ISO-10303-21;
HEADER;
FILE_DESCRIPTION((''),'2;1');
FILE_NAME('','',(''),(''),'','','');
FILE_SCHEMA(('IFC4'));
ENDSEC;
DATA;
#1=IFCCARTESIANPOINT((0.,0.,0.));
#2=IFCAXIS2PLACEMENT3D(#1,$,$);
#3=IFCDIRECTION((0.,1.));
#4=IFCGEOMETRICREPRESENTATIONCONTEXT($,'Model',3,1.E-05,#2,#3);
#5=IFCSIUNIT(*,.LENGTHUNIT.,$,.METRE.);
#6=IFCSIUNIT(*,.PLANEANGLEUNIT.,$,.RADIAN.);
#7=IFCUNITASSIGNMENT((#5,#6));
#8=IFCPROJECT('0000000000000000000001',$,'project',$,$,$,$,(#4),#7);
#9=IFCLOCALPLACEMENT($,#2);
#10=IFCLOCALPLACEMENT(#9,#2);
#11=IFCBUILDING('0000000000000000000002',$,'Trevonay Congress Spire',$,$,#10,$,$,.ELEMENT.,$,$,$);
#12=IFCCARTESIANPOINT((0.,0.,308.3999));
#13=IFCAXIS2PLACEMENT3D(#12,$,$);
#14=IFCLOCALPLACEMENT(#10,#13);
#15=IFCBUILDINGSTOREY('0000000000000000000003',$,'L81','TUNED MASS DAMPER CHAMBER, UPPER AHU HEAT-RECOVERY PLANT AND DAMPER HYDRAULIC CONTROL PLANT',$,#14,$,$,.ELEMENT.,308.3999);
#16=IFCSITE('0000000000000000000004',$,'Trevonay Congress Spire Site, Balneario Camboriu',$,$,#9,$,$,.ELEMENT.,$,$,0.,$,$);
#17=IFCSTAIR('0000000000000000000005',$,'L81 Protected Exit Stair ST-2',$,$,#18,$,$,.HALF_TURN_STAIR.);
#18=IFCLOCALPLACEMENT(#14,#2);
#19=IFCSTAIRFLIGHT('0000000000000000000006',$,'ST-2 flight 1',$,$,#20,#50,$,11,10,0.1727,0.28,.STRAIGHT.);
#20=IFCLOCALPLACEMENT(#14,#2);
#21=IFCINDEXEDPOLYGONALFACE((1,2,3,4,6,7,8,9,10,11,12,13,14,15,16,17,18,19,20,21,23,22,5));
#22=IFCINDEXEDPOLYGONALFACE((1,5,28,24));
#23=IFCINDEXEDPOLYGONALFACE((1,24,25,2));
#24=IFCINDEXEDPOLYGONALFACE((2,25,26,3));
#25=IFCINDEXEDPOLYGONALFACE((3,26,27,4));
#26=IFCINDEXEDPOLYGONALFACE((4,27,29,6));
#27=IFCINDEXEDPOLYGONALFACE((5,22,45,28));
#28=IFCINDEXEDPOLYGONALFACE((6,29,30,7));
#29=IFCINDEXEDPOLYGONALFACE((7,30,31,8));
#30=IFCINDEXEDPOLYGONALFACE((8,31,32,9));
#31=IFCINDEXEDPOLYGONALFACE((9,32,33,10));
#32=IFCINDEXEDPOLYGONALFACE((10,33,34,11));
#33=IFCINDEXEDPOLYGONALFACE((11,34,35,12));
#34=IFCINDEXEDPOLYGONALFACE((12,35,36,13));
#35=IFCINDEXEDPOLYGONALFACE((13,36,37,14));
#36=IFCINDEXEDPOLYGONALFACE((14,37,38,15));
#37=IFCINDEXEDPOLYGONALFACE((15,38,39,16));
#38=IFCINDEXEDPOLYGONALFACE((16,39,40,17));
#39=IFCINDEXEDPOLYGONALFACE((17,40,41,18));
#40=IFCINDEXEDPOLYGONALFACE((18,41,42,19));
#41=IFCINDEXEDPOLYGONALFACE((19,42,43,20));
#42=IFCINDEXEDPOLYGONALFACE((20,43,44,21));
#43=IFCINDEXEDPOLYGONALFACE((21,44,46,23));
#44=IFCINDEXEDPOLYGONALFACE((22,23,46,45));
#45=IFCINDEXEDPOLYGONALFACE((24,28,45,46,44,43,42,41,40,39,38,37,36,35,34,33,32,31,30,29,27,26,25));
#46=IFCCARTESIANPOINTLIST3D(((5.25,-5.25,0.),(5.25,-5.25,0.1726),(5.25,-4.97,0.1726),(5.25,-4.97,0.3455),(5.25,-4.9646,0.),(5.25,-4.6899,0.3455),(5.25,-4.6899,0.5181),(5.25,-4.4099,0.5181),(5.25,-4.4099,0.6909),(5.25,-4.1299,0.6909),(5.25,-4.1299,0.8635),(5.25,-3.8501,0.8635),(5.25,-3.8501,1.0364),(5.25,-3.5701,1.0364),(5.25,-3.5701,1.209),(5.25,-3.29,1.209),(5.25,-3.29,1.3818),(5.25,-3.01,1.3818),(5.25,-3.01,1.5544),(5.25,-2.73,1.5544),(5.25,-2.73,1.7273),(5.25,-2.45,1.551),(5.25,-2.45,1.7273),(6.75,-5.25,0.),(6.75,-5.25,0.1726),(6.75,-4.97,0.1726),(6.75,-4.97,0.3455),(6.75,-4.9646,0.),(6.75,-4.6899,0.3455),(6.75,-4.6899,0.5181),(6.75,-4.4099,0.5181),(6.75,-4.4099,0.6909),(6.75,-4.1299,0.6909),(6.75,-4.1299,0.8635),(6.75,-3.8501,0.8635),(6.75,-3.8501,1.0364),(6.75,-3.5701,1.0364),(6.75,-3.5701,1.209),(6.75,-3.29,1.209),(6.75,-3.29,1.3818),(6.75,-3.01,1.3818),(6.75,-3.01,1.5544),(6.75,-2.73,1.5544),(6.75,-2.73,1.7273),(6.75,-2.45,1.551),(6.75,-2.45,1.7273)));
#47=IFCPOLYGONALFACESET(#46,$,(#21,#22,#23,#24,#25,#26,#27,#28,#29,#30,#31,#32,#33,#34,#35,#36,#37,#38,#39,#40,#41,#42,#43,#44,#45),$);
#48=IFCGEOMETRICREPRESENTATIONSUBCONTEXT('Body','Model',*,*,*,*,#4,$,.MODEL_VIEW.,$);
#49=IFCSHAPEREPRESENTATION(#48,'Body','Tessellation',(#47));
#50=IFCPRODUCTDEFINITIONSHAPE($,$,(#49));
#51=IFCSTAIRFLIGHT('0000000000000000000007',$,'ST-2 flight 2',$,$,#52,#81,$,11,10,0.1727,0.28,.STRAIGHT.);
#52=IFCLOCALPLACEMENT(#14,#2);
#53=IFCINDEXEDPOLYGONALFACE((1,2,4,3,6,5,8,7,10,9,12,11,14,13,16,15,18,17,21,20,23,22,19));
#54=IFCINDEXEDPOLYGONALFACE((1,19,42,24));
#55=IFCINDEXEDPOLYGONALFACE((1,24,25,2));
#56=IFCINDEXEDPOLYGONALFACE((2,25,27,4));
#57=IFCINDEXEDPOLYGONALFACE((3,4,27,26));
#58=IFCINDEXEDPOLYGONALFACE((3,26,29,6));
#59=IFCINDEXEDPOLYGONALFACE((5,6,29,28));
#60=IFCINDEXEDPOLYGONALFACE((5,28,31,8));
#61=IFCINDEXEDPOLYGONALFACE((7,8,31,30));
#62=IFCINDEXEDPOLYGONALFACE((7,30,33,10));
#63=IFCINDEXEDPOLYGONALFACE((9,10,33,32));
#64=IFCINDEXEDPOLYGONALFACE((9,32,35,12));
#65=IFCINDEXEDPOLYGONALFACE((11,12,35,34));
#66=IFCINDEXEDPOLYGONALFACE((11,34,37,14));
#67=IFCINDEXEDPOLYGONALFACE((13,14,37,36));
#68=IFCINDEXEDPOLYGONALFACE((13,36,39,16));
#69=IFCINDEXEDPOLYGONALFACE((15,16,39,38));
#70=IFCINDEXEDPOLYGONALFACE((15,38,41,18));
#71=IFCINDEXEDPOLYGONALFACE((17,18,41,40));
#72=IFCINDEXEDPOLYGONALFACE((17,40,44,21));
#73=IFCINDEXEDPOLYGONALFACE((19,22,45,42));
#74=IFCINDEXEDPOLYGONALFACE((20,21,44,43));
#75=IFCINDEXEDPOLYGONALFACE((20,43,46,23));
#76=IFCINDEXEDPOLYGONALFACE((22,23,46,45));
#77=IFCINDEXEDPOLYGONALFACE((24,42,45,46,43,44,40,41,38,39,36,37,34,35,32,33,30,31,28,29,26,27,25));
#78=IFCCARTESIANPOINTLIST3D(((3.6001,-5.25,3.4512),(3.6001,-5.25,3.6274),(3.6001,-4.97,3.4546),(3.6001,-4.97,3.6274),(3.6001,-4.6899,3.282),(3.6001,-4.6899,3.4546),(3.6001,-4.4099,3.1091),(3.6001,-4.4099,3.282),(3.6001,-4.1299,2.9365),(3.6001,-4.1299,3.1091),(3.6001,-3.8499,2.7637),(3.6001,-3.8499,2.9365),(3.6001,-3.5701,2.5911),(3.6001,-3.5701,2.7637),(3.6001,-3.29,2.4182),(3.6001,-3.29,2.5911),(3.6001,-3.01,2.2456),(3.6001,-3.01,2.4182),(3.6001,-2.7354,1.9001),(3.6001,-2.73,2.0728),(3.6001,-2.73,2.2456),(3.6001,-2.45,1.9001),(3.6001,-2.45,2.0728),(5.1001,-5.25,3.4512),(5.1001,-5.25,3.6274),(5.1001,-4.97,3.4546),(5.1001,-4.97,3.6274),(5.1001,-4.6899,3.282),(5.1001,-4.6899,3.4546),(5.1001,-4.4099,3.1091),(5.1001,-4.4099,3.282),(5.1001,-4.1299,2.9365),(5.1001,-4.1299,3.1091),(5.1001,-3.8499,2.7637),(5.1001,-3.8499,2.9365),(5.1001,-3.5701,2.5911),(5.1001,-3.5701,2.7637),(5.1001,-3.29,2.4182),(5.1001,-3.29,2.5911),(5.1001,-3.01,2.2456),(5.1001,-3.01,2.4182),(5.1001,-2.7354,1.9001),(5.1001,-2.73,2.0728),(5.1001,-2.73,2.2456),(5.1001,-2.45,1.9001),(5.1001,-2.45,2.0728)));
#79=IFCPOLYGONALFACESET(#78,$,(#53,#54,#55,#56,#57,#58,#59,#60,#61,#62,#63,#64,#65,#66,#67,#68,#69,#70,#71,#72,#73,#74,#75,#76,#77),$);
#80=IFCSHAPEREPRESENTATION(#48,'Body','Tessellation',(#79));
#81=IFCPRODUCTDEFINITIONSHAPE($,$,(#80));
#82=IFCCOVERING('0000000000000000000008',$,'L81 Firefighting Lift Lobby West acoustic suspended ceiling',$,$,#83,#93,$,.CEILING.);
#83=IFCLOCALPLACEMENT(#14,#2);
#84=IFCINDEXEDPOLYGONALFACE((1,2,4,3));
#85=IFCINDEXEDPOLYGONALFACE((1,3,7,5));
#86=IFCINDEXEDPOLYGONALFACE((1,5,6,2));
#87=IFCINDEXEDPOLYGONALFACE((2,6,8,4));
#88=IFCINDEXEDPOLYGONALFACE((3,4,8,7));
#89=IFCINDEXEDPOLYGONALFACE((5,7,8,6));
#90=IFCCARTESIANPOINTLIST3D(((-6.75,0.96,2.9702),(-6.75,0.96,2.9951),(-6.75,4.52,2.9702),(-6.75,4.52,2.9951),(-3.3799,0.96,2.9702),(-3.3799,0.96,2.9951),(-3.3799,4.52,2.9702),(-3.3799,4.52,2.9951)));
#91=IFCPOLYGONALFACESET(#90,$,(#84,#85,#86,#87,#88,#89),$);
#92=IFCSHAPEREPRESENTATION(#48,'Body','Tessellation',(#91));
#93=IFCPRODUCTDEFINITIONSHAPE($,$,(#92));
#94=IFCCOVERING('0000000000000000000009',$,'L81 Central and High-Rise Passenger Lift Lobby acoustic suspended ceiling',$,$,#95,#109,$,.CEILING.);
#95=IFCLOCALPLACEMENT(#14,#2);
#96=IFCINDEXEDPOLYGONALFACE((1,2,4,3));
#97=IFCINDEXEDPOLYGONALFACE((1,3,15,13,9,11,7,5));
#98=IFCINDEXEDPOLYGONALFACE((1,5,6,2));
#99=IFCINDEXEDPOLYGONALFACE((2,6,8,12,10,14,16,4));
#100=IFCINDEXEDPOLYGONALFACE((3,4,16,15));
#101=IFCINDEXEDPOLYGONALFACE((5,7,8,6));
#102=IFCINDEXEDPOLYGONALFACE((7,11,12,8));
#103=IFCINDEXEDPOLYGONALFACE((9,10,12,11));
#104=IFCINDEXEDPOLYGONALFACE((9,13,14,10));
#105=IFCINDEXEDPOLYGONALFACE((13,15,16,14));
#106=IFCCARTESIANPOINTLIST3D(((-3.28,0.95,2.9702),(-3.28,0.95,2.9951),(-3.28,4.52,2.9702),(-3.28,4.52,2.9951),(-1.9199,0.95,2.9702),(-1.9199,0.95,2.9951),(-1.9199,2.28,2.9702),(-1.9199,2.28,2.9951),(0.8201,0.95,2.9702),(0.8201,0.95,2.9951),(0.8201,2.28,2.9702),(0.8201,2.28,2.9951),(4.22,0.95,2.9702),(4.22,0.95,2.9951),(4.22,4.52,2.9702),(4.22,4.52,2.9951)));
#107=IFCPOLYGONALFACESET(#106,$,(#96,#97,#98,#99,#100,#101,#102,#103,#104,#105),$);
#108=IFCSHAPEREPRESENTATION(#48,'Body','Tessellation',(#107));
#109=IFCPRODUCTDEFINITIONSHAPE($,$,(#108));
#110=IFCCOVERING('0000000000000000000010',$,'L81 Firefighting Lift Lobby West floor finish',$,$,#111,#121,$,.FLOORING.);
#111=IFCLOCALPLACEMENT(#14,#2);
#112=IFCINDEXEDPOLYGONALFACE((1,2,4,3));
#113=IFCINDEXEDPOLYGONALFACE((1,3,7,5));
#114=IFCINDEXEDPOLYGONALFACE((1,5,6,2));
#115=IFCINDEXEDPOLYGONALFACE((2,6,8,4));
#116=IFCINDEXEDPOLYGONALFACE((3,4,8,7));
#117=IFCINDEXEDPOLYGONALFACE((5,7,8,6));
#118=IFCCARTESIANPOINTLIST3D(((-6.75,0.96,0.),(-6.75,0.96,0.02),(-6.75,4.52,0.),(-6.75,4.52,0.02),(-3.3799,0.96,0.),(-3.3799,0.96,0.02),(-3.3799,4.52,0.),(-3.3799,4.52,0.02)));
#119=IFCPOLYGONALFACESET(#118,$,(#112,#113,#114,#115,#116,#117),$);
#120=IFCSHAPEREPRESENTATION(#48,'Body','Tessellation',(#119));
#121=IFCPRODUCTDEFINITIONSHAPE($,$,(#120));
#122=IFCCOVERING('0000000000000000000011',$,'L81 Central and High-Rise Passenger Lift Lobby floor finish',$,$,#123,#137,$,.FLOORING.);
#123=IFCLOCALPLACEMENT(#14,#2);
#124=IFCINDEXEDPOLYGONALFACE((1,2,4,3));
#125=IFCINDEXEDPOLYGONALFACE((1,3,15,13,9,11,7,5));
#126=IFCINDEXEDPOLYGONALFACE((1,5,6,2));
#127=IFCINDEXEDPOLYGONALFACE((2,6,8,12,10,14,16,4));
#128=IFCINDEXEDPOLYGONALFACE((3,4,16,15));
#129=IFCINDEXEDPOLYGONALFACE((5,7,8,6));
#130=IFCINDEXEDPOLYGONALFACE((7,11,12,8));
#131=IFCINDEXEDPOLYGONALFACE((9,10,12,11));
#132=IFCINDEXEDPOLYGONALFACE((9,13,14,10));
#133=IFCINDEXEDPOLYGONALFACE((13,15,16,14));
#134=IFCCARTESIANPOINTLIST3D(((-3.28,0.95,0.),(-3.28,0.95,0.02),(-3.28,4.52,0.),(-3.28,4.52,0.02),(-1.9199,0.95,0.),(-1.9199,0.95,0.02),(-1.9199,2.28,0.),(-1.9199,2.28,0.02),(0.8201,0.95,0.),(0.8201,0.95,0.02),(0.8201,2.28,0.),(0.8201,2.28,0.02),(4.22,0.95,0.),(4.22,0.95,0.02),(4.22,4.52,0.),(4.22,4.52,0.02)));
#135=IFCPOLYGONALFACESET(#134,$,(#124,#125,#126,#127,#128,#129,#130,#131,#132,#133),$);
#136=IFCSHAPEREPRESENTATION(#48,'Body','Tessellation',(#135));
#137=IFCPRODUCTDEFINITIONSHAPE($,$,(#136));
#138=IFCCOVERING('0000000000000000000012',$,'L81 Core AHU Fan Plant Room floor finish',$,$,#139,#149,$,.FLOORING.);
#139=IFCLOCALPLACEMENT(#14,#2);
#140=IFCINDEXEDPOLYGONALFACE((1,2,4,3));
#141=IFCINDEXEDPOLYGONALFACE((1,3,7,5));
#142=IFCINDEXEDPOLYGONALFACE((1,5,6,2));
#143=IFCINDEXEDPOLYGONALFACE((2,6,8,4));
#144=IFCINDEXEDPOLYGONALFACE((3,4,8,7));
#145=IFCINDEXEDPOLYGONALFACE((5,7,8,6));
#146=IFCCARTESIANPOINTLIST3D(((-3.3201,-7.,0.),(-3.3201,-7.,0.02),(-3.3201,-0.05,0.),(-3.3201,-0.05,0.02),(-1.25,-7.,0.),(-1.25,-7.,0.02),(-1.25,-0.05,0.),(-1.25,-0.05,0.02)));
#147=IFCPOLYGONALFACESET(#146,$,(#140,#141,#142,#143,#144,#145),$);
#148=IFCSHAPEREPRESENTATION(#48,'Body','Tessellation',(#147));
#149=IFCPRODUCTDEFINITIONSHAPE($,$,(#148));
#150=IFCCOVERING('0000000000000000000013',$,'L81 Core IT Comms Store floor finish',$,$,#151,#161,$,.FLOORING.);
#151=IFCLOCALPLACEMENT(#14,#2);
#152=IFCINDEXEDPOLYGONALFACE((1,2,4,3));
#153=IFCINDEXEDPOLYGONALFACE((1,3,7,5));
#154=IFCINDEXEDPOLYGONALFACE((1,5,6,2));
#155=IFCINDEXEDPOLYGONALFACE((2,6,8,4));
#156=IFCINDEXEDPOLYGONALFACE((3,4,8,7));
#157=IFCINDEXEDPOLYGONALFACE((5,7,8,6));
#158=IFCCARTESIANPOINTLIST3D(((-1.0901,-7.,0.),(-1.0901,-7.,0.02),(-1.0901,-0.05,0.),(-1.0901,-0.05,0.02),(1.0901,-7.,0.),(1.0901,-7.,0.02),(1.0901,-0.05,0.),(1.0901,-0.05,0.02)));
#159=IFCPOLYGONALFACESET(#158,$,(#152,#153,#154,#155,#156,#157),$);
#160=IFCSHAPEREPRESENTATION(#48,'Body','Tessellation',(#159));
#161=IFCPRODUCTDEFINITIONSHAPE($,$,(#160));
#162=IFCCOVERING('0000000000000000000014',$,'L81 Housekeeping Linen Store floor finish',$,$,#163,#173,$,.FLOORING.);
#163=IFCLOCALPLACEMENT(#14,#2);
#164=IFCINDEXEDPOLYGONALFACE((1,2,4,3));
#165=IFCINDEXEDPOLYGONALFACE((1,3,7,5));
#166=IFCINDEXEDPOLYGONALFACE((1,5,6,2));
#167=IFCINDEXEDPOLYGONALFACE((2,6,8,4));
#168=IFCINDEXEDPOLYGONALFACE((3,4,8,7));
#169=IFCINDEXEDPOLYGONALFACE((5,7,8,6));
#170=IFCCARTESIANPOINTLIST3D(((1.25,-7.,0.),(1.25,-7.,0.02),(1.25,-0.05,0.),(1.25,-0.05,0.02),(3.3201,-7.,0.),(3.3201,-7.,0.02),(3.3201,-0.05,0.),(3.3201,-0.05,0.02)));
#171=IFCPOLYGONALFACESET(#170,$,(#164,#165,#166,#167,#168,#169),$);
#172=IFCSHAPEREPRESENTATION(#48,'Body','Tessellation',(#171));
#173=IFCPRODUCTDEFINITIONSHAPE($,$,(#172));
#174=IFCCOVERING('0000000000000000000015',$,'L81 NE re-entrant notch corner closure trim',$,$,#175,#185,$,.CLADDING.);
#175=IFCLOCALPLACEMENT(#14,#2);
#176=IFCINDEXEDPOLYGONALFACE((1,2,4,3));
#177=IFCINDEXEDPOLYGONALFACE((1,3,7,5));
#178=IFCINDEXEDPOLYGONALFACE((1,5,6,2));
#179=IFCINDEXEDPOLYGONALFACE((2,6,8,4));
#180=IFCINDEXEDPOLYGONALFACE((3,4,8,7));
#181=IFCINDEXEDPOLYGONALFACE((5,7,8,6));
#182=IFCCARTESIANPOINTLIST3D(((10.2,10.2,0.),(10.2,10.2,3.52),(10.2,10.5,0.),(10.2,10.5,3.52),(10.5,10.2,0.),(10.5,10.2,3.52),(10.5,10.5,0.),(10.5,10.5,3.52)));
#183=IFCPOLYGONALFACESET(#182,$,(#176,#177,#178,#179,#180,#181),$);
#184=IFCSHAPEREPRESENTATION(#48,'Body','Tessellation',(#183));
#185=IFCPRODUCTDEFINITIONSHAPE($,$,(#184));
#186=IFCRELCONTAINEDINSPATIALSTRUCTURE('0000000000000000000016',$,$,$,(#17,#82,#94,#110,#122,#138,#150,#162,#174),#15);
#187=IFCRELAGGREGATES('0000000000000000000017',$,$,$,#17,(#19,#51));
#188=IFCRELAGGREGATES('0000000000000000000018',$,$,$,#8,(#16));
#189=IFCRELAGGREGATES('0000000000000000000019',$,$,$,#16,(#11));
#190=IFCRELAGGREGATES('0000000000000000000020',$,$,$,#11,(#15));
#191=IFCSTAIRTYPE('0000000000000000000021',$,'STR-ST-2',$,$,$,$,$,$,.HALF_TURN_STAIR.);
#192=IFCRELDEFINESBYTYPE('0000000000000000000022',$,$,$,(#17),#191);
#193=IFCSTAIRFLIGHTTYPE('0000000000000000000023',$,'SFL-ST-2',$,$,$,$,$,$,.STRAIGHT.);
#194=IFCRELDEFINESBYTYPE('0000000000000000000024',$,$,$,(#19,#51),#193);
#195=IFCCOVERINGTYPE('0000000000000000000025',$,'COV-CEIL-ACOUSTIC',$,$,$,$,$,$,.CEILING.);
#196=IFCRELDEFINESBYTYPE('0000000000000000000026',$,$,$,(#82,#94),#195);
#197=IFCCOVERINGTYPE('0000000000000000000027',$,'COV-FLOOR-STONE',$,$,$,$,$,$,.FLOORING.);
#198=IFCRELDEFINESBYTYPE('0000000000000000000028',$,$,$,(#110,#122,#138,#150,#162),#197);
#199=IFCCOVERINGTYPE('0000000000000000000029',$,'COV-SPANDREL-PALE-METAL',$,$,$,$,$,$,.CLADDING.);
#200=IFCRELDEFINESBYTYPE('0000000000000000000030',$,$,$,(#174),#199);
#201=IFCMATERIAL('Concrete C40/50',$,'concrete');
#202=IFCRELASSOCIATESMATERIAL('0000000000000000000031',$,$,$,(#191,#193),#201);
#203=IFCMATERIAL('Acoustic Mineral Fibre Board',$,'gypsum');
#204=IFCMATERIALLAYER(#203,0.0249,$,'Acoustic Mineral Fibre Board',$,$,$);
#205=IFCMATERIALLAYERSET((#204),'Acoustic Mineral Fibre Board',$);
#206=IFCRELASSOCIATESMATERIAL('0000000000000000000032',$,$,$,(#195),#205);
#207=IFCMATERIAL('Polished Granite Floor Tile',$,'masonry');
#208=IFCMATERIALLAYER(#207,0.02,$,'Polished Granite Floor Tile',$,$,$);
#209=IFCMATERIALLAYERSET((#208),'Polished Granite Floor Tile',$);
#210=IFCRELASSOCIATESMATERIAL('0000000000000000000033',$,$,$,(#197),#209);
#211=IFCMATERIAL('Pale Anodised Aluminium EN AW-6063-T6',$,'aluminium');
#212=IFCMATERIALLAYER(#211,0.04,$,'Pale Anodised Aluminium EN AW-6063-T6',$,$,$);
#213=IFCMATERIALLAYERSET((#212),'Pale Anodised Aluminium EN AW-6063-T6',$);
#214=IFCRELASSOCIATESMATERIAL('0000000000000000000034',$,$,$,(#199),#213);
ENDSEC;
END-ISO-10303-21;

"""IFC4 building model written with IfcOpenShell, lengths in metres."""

from ifc_helpers import new_model, si_unit, direction, frame, origin, place, context, subcontext, project, spatial, polyline, outline, extrude, material, layer, layer_set, type_object, element, aggregate, save


model = new_model("IFC4")

# Units and contexts
model_context = context("Model", 3, precision=1e-05, world=origin(), true_north=direction((0.0, 1.0)))
body_context = subcontext(model_context, "Body", "Model", "MODEL_VIEW")
ifc_project = project(units=[si_unit("LENGTHUNIT", "METRE"), si_unit("PLANEANGLEUNIT", "RADIAN")], contexts=[model_context])

# Site, building, storey
site_placement = place(None, origin())
site = spatial("IfcSite", under=ifc_project, at=site_placement, Name="Trevonay Congress Spire Site, Balneario Camboriu", CompositionType="ELEMENT", RefElevation=0.0)
building_placement = place(site_placement, origin())
building = spatial("IfcBuilding", under=site, at=building_placement, Name="Trevonay Congress Spire", CompositionType="ELEMENT")
storey_placement = place(building_placement, frame((0.0, 0.0, 308.3999)))
storey = spatial("IfcBuildingStorey", under=building, at=storey_placement, Name="L81", Description="TUNED MASS DAMPER CHAMBER, UPPER AHU HEAT-RECOVERY PLANT AND DAMPER HYDRAULIC CONTROL PLANT", CompositionType="ELEMENT", Elevation=308.3999)

# Shared definitions
ifc_material_1 = material(Name="Pale Anodised Aluminium EN AW-6063-T6", Category="aluminium")

# Stair
ifc_material_2 = material(Name="Concrete C40/50", Category="concrete")
stair_type_1 = type_object("IfcStairType", Name="STR-ST-2", PredefinedType="HALF_TURN_STAIR", material=ifc_material_2)
stair_1_placement = place(storey_placement, origin())
stair_1 = element("IfcStair", 1, at=stair_1_placement, inside=storey, type_object=stair_type_1, Name="L81 Protected Exit Stair ST-2", PredefinedType="HALF_TURN_STAIR")

# Stair flights
stair_flight_type = type_object("IfcStairFlightType", Name="SFL-ST-2", PredefinedType="STRAIGHT", material=ifc_material_2)
stair_flight_1_placement = place(storey_placement, frame((6.0, -5.25, 0.0), z_axis=(0.0, 0.0, 1.0), x_axis=(0.0, 1.0, 0.0)))
stair_flight_1 = element("IfcStairFlight", 2, at=stair_flight_1_placement, type_object=stair_flight_type, Name="ST-2 flight 1", NumberOfRisers=11, NumberOfTreads=10, PredefinedType="STRAIGHT", RiserHeight=0.1727, TreadLength=0.28, context=body_context, shape_type="SweptSolid", body=[
    extrude(outline(polyline([(0.0, 0.0), (0.0, 0.1726), (0.28, 0.1726), (0.28, 0.3455), (0.5601, 0.3455), (0.5601, 0.5181), (0.8401, 0.5181), (0.8401, 0.6909), (1.1201, 0.6909), (1.1201, 0.8635), (1.3999, 0.8635), (1.3999, 1.0364), (1.6799, 1.0364), (1.6799, 1.209), (1.96, 1.209), (1.96, 1.3818), (2.24, 1.3818), (2.24, 1.5544), (2.52, 1.5544), (2.52, 1.7273), (2.8, 1.7273), (2.8, 1.8999), (2.8, 1.551), (0.2854, 0.0), (0.0, 0.0)])), frame((0.0, 0.75, 0.0), z_axis=(0.0, -1.0, 0.0), x_axis=(1.0, 0.0, 0.0)), (0.0, 0.0, 1.0), 1.5),
])
stair_flight_2_placement = place(storey_placement, frame((4.3501, -2.45, 1.9001), z_axis=(0.0, 0.0, 1.0), x_axis=(0.0, -1.0, 0.0)))
stair_flight_2 = element("IfcStairFlight", 3, at=stair_flight_2_placement, type_object=stair_flight_type, Name="ST-2 flight 2", NumberOfRisers=11, NumberOfTreads=10, PredefinedType="STRAIGHT", RiserHeight=0.1727, TreadLength=0.28, context=body_context, shape_type="SweptSolid", body=[
    extrude(outline(polyline([(0.0, 0.0), (0.0, 0.1726), (0.28, 0.1726), (0.28, 0.3455), (0.5601, 0.3455), (0.5601, 0.5181), (0.8401, 0.5181), (0.8401, 0.6909), (1.1201, 0.6909), (1.1201, 0.8635), (1.3999, 0.8635), (1.3999, 1.0364), (1.6799, 1.0364), (1.6799, 1.209), (1.96, 1.209), (1.96, 1.3818), (2.24, 1.3818), (2.24, 1.5544), (2.52, 1.5544), (2.52, 1.7273), (2.8, 1.7273), (2.8, 1.8999), (2.8, 1.551), (0.2854, 0.0), (0.0, 0.0)])), frame((0.0, 0.75, 0.0), z_axis=(0.0, -1.0, 0.0), x_axis=(1.0, 0.0, 0.0)), (0.0, 0.0, 1.0), 1.5),
])
aggregate(stair_1, [stair_flight_1, stair_flight_2])

# Coverings
ifc_material_3 = material(Name="Acoustic Mineral Fibre Board", Category="gypsum")
ifc_layer_1 = layer(ifc_material_3, 0.0249, Name="Acoustic Mineral Fibre Board")
ifc_layer_set_1 = layer_set([ifc_layer_1], Name="Acoustic Mineral Fibre Board")
covering_type_1 = type_object("IfcCoveringType", Name="COV-CEIL-ACOUSTIC", PredefinedType="CEILING", material=ifc_layer_set_1)
covering_1_placement = place(storey_placement, frame((0.0, 0.0, 2.9702)))
element("IfcCovering", 4, at=covering_1_placement, inside=storey, type_object=covering_type_1, Name="L81 Firefighting Lift Lobby West acoustic suspended ceiling", PredefinedType="CEILING", context=body_context, shape_type="SweptSolid", body=[
    extrude(outline(polyline([(-6.75, 0.96), (-3.3799, 0.96), (-3.3799, 4.52), (-6.75, 4.52), (-6.75, 0.96)])), origin(), (0.0, 0.0, 1.0), 0.0249),
])
covering_2_placement = place(storey_placement, frame((0.0, 0.0, 2.9702)))
element("IfcCovering", 5, at=covering_2_placement, inside=storey, type_object=covering_type_1, Name="L81 Central and High-Rise Passenger Lift Lobby acoustic suspended ceiling", PredefinedType="CEILING", context=body_context, shape_type="SweptSolid", body=[
    extrude(outline(polyline([(-3.28, 0.95), (-1.9199, 0.95), (-1.9199, 2.28), (0.8201, 2.28), (0.8201, 0.95), (4.22, 0.95), (4.22, 4.52), (-3.28, 4.52), (-3.28, 0.95)])), origin(), (0.0, 0.0, 1.0), 0.0249),
])
ifc_material_4 = material(Name="Polished Granite Floor Tile", Category="masonry")
ifc_layer_2 = layer(ifc_material_4, 0.02, Name="Polished Granite Floor Tile")
ifc_layer_set_2 = layer_set([ifc_layer_2], Name="Polished Granite Floor Tile")
covering_type_2 = type_object("IfcCoveringType", Name="COV-FLOOR-STONE", PredefinedType="FLOORING", material=ifc_layer_set_2)
covering_3_placement = place(storey_placement, origin())
element("IfcCovering", 6, at=covering_3_placement, inside=storey, type_object=covering_type_2, Name="L81 Firefighting Lift Lobby West floor finish", PredefinedType="FLOORING", context=body_context, shape_type="SweptSolid", body=[
    extrude(outline(polyline([(-6.75, 0.96), (-3.3799, 0.96), (-3.3799, 4.52), (-6.75, 4.52), (-6.75, 0.96)])), origin(), (0.0, 0.0, 1.0), 0.02),
])
covering_4_placement = place(storey_placement, origin())
element("IfcCovering", 7, at=covering_4_placement, inside=storey, type_object=covering_type_2, Name="L81 Central and High-Rise Passenger Lift Lobby floor finish", PredefinedType="FLOORING", context=body_context, shape_type="SweptSolid", body=[
    extrude(outline(polyline([(-3.28, 0.95), (-1.9199, 0.95), (-1.9199, 2.28), (0.8201, 2.28), (0.8201, 0.95), (4.22, 0.95), (4.22, 4.52), (-3.28, 4.52), (-3.28, 0.95)])), origin(), (0.0, 0.0, 1.0), 0.02),
])
covering_5_placement = place(storey_placement, origin())
element("IfcCovering", 8, at=covering_5_placement, inside=storey, type_object=covering_type_2, Name="L81 Core AHU Fan Plant Room floor finish", PredefinedType="FLOORING", context=body_context, shape_type="SweptSolid", body=[
    extrude(outline(polyline([(-3.3201, -7.0), (-1.25, -7.0), (-1.25, -0.05), (-3.3201, -0.05), (-3.3201, -7.0)])), origin(), (0.0, 0.0, 1.0), 0.02),
])
covering_6_placement = place(storey_placement, origin())
element("IfcCovering", 9, at=covering_6_placement, inside=storey, type_object=covering_type_2, Name="L81 Core IT Comms Store floor finish", PredefinedType="FLOORING", context=body_context, shape_type="SweptSolid", body=[
    extrude(outline(polyline([(-1.0901, -7.0), (1.0901, -7.0), (1.0901, -0.05), (-1.0901, -0.05), (-1.0901, -7.0)])), origin(), (0.0, 0.0, 1.0), 0.02),
])
covering_7_placement = place(storey_placement, origin())
element("IfcCovering", 10, at=covering_7_placement, inside=storey, type_object=covering_type_2, Name="L81 Housekeeping Linen Store floor finish", PredefinedType="FLOORING", context=body_context, shape_type="SweptSolid", body=[
    extrude(outline(polyline([(1.25, -7.0), (3.3201, -7.0), (3.3201, -0.05), (1.25, -0.05), (1.25, -7.0)])), origin(), (0.0, 0.0, 1.0), 0.02),
])
ifc_layer_3 = layer(ifc_material_1, 0.04, Name="Pale Anodised Aluminium EN AW-6063-T6")
ifc_layer_set_3 = layer_set([ifc_layer_3], Name="Pale Anodised Aluminium EN AW-6063-T6")
covering_type_3 = type_object("IfcCoveringType", Name="COV-SPANDREL-PALE-METAL", PredefinedType="CLADDING", material=ifc_layer_set_3)
covering_8_placement = place(storey_placement, origin())
element("IfcCovering", 11, at=covering_8_placement, inside=storey, type_object=covering_type_3, Name="L81 NE re-entrant notch corner closure trim", PredefinedType="CLADDING", context=body_context, shape_type="SweptSolid", body=[
    extrude(outline(polyline([(10.2, 10.2), (10.5, 10.2), (10.5, 10.5), (10.2, 10.5), (10.2, 10.2)])), origin(), (0.0, 0.0, 1.0), 3.52),
])

save(model, "model.ifc")
